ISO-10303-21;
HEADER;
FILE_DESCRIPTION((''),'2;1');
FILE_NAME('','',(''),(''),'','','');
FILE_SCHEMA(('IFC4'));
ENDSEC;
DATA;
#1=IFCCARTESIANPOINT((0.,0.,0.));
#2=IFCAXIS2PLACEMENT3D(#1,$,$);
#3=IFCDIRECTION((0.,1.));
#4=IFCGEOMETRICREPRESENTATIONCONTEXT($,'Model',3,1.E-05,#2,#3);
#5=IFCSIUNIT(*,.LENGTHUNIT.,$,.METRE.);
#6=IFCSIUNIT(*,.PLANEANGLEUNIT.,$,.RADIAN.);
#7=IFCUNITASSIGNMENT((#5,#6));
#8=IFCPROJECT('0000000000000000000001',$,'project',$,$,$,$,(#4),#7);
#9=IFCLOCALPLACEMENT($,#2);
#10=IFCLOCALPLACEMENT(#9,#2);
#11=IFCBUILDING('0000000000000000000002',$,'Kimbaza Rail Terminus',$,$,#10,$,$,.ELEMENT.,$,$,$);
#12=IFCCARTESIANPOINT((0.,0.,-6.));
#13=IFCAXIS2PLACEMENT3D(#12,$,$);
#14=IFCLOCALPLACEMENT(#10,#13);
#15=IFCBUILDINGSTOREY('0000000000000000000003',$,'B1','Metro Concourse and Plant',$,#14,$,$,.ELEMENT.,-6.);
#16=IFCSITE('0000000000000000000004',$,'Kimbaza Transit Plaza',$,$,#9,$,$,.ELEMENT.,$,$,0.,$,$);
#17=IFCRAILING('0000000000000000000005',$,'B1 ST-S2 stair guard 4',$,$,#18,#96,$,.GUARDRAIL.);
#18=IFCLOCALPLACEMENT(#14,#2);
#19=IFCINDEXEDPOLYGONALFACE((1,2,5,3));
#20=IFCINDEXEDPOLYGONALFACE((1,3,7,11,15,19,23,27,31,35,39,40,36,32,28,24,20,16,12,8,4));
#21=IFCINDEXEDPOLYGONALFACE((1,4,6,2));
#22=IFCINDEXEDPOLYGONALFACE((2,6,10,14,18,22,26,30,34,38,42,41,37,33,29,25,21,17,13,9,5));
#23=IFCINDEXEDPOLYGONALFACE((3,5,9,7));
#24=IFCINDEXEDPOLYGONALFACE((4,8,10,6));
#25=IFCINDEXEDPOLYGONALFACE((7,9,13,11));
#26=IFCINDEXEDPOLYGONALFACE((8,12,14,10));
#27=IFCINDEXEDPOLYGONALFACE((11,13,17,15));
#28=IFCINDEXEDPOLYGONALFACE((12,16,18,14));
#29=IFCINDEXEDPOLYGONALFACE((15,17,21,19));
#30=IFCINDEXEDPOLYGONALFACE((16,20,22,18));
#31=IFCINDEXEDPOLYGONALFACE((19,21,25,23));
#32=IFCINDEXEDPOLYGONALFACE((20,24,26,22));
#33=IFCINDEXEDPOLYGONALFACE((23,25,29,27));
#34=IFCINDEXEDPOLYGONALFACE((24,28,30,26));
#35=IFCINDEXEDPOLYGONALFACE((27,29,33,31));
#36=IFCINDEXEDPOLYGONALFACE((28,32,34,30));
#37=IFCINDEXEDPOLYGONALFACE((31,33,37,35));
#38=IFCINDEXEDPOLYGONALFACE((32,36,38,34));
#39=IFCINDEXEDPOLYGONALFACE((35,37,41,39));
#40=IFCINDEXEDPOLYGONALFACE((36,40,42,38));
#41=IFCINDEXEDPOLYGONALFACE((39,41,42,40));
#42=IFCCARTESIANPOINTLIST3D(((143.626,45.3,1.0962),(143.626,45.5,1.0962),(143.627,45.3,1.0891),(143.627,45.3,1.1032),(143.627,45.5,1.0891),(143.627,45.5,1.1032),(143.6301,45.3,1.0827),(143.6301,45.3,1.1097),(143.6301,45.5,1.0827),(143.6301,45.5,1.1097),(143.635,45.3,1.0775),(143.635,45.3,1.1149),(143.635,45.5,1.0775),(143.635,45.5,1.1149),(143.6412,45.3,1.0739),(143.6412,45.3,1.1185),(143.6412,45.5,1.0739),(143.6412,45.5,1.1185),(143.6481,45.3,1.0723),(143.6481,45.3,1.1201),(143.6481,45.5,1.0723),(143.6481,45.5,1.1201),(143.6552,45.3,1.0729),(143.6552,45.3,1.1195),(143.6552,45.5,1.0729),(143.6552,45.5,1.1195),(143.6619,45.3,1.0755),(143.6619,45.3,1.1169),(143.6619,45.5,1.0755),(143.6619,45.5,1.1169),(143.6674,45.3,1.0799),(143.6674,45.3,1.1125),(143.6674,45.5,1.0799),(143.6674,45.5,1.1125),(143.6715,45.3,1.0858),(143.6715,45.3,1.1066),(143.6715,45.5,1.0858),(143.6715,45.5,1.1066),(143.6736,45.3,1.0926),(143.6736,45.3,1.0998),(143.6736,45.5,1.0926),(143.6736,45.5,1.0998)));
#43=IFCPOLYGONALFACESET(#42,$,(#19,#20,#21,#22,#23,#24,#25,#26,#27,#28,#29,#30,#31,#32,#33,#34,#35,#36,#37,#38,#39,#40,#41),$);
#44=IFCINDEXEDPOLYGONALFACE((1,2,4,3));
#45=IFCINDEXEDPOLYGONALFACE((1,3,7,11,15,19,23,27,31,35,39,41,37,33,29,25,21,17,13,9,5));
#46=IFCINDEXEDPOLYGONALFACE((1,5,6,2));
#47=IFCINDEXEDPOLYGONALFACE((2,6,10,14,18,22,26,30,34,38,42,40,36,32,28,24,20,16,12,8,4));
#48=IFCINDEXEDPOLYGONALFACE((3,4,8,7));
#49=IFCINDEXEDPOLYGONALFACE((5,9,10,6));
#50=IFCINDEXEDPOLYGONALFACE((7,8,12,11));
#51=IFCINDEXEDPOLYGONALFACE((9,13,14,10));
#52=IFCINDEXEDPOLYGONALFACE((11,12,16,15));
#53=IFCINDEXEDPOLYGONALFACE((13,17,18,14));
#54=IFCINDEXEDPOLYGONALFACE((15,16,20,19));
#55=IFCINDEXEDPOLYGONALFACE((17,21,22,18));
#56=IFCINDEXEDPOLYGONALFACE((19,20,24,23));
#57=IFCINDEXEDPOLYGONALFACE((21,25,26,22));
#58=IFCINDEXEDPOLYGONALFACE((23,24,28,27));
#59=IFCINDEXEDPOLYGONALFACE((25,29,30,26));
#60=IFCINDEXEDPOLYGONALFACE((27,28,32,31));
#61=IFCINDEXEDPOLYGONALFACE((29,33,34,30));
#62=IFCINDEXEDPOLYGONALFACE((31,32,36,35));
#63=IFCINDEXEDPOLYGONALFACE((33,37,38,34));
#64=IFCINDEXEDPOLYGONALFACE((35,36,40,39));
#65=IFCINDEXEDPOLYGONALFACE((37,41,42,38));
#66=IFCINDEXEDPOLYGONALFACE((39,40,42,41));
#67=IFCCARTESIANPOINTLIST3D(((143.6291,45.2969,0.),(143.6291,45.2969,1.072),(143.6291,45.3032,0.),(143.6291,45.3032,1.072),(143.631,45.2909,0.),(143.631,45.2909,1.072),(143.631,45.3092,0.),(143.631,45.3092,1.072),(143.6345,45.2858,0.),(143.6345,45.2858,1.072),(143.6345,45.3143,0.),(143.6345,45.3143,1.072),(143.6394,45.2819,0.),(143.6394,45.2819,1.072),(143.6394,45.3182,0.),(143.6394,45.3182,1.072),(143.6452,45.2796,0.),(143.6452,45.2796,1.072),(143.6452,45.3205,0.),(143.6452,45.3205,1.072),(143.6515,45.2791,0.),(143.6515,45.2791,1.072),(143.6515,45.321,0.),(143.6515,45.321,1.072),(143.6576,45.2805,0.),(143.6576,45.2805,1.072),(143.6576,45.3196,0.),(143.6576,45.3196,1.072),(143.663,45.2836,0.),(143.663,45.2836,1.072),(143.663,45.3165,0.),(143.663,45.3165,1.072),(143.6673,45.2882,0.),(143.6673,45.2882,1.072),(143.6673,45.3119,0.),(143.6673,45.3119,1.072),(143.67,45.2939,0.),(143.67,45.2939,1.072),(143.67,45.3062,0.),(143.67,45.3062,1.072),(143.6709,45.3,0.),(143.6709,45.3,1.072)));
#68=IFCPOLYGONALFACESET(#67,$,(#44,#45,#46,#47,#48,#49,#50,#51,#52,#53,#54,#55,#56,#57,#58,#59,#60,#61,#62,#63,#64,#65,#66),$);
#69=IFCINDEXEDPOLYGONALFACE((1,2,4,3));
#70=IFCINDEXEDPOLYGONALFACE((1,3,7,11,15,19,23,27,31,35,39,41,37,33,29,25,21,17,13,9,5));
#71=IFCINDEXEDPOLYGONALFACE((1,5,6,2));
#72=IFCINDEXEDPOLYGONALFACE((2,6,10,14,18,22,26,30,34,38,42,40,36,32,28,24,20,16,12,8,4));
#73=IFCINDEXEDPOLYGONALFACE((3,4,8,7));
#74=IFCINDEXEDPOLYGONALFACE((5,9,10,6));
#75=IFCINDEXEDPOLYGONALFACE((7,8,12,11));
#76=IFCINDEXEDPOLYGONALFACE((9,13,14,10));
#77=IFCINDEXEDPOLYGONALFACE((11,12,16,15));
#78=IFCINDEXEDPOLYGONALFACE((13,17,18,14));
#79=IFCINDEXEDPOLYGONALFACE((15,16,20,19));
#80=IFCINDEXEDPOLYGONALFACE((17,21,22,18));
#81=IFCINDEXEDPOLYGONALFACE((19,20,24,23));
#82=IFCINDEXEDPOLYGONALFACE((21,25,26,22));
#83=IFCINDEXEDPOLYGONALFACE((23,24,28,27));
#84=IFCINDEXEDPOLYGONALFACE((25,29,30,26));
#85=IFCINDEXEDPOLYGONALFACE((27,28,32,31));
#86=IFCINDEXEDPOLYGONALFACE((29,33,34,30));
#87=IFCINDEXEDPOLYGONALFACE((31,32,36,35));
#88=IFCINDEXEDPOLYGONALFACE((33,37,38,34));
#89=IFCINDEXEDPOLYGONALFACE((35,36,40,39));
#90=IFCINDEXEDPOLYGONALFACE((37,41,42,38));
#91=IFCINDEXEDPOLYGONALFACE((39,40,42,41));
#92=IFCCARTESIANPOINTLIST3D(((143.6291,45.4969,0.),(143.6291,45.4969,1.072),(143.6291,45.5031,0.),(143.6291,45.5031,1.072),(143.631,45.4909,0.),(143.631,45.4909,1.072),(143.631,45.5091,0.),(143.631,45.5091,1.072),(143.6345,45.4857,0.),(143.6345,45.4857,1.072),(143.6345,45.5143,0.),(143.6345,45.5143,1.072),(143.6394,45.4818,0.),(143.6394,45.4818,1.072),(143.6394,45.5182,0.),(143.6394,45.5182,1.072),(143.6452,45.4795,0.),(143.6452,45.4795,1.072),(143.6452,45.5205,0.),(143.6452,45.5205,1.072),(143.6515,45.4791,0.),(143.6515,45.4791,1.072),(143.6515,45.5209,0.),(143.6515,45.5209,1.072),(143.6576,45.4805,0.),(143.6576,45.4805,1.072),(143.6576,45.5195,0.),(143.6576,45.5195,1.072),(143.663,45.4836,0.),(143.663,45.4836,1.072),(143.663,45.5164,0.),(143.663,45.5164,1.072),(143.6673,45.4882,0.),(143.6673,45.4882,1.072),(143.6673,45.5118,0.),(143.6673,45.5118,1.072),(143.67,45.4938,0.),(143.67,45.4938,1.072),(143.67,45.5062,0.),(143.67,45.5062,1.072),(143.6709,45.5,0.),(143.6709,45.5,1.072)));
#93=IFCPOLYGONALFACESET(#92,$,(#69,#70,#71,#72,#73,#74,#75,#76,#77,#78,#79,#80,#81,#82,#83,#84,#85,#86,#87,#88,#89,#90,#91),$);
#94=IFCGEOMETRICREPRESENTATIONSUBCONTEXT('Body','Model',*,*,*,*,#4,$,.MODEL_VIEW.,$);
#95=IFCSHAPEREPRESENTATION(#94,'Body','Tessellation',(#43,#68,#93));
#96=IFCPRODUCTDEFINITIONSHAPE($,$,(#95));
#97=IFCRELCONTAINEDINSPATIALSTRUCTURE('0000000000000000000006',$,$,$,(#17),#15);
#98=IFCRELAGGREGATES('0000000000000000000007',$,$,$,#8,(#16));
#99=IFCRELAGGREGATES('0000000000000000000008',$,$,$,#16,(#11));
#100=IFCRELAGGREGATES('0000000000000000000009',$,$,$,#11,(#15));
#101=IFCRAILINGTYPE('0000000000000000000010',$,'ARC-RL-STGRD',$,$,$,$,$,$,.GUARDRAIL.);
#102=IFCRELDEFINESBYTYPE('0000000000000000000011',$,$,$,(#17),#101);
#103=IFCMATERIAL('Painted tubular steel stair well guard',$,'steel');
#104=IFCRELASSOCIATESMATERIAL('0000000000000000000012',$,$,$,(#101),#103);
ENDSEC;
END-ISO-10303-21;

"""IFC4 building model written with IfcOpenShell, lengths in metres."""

from ifc_helpers import new_model, si_unit, direction, frame, origin, origin_2d, place, context, subcontext, project, spatial, circle, extrude, material, type_object, element, save


model = new_model("IFC4")

# Units and contexts
model_context = context("Model", 3, precision=1e-05, world=origin(), true_north=direction((0.0, 1.0)))
body_context = subcontext(model_context, "Body", "Model", "MODEL_VIEW")
ifc_project = project(units=[si_unit("LENGTHUNIT", "METRE"), si_unit("PLANEANGLEUNIT", "RADIAN")], contexts=[model_context])

# Site, building, storey
site_placement = place(None, origin())
site = spatial("IfcSite", under=ifc_project, at=site_placement, Name="Kimbaza Transit Plaza", CompositionType="ELEMENT", RefElevation=0.0)
building_placement = place(site_placement, origin())
building = spatial("IfcBuilding", under=site, at=building_placement, Name="Kimbaza Rail Terminus", CompositionType="ELEMENT")
storey_placement = place(building_placement, frame((0.0, 0.0, -6.0)))
storey = spatial("IfcBuildingStorey", under=building, at=storey_placement, Name="B1", Description="Metro Concourse and Plant", CompositionType="ELEMENT", Elevation=-6.0)

# Railing
ifc_material_1 = material(Name="Painted tubular steel stair well guard", Category="steel")
railing_type_1 = type_object("IfcRailingType", Name="ARC-RL-STGRD", PredefinedType="GUARDRAIL", material=ifc_material_1)
railing_1_placement = place(storey_placement, frame((143.6499, 45.3, 0.0)))
element("IfcRailing", 1, at=railing_1_placement, inside=storey, type_object=railing_type_1, Name="B1 ST-S2 stair guard 4", PredefinedType="GUARDRAIL", context=body_context, shape_type="SweptSolid", body=[
    extrude(circle(Radius=0.0239, at=origin_2d()), frame((0.0, 0.0, 1.0962), z_axis=(0.0, 1.0, 0.0), x_axis=(-1.0, 0.0, 0.0)), (0.0, 0.0, 1.0), 0.2),
    extrude(circle(Radius=0.021, at=origin_2d()), origin(), (0.0, 0.0, 1.0), 1.072),
    extrude(circle(Radius=0.021, at=origin_2d()), frame((0.0, 0.2, 0.0)), (0.0, 0.0, 1.0), 1.072),
])

save(model, "model.ifc")
